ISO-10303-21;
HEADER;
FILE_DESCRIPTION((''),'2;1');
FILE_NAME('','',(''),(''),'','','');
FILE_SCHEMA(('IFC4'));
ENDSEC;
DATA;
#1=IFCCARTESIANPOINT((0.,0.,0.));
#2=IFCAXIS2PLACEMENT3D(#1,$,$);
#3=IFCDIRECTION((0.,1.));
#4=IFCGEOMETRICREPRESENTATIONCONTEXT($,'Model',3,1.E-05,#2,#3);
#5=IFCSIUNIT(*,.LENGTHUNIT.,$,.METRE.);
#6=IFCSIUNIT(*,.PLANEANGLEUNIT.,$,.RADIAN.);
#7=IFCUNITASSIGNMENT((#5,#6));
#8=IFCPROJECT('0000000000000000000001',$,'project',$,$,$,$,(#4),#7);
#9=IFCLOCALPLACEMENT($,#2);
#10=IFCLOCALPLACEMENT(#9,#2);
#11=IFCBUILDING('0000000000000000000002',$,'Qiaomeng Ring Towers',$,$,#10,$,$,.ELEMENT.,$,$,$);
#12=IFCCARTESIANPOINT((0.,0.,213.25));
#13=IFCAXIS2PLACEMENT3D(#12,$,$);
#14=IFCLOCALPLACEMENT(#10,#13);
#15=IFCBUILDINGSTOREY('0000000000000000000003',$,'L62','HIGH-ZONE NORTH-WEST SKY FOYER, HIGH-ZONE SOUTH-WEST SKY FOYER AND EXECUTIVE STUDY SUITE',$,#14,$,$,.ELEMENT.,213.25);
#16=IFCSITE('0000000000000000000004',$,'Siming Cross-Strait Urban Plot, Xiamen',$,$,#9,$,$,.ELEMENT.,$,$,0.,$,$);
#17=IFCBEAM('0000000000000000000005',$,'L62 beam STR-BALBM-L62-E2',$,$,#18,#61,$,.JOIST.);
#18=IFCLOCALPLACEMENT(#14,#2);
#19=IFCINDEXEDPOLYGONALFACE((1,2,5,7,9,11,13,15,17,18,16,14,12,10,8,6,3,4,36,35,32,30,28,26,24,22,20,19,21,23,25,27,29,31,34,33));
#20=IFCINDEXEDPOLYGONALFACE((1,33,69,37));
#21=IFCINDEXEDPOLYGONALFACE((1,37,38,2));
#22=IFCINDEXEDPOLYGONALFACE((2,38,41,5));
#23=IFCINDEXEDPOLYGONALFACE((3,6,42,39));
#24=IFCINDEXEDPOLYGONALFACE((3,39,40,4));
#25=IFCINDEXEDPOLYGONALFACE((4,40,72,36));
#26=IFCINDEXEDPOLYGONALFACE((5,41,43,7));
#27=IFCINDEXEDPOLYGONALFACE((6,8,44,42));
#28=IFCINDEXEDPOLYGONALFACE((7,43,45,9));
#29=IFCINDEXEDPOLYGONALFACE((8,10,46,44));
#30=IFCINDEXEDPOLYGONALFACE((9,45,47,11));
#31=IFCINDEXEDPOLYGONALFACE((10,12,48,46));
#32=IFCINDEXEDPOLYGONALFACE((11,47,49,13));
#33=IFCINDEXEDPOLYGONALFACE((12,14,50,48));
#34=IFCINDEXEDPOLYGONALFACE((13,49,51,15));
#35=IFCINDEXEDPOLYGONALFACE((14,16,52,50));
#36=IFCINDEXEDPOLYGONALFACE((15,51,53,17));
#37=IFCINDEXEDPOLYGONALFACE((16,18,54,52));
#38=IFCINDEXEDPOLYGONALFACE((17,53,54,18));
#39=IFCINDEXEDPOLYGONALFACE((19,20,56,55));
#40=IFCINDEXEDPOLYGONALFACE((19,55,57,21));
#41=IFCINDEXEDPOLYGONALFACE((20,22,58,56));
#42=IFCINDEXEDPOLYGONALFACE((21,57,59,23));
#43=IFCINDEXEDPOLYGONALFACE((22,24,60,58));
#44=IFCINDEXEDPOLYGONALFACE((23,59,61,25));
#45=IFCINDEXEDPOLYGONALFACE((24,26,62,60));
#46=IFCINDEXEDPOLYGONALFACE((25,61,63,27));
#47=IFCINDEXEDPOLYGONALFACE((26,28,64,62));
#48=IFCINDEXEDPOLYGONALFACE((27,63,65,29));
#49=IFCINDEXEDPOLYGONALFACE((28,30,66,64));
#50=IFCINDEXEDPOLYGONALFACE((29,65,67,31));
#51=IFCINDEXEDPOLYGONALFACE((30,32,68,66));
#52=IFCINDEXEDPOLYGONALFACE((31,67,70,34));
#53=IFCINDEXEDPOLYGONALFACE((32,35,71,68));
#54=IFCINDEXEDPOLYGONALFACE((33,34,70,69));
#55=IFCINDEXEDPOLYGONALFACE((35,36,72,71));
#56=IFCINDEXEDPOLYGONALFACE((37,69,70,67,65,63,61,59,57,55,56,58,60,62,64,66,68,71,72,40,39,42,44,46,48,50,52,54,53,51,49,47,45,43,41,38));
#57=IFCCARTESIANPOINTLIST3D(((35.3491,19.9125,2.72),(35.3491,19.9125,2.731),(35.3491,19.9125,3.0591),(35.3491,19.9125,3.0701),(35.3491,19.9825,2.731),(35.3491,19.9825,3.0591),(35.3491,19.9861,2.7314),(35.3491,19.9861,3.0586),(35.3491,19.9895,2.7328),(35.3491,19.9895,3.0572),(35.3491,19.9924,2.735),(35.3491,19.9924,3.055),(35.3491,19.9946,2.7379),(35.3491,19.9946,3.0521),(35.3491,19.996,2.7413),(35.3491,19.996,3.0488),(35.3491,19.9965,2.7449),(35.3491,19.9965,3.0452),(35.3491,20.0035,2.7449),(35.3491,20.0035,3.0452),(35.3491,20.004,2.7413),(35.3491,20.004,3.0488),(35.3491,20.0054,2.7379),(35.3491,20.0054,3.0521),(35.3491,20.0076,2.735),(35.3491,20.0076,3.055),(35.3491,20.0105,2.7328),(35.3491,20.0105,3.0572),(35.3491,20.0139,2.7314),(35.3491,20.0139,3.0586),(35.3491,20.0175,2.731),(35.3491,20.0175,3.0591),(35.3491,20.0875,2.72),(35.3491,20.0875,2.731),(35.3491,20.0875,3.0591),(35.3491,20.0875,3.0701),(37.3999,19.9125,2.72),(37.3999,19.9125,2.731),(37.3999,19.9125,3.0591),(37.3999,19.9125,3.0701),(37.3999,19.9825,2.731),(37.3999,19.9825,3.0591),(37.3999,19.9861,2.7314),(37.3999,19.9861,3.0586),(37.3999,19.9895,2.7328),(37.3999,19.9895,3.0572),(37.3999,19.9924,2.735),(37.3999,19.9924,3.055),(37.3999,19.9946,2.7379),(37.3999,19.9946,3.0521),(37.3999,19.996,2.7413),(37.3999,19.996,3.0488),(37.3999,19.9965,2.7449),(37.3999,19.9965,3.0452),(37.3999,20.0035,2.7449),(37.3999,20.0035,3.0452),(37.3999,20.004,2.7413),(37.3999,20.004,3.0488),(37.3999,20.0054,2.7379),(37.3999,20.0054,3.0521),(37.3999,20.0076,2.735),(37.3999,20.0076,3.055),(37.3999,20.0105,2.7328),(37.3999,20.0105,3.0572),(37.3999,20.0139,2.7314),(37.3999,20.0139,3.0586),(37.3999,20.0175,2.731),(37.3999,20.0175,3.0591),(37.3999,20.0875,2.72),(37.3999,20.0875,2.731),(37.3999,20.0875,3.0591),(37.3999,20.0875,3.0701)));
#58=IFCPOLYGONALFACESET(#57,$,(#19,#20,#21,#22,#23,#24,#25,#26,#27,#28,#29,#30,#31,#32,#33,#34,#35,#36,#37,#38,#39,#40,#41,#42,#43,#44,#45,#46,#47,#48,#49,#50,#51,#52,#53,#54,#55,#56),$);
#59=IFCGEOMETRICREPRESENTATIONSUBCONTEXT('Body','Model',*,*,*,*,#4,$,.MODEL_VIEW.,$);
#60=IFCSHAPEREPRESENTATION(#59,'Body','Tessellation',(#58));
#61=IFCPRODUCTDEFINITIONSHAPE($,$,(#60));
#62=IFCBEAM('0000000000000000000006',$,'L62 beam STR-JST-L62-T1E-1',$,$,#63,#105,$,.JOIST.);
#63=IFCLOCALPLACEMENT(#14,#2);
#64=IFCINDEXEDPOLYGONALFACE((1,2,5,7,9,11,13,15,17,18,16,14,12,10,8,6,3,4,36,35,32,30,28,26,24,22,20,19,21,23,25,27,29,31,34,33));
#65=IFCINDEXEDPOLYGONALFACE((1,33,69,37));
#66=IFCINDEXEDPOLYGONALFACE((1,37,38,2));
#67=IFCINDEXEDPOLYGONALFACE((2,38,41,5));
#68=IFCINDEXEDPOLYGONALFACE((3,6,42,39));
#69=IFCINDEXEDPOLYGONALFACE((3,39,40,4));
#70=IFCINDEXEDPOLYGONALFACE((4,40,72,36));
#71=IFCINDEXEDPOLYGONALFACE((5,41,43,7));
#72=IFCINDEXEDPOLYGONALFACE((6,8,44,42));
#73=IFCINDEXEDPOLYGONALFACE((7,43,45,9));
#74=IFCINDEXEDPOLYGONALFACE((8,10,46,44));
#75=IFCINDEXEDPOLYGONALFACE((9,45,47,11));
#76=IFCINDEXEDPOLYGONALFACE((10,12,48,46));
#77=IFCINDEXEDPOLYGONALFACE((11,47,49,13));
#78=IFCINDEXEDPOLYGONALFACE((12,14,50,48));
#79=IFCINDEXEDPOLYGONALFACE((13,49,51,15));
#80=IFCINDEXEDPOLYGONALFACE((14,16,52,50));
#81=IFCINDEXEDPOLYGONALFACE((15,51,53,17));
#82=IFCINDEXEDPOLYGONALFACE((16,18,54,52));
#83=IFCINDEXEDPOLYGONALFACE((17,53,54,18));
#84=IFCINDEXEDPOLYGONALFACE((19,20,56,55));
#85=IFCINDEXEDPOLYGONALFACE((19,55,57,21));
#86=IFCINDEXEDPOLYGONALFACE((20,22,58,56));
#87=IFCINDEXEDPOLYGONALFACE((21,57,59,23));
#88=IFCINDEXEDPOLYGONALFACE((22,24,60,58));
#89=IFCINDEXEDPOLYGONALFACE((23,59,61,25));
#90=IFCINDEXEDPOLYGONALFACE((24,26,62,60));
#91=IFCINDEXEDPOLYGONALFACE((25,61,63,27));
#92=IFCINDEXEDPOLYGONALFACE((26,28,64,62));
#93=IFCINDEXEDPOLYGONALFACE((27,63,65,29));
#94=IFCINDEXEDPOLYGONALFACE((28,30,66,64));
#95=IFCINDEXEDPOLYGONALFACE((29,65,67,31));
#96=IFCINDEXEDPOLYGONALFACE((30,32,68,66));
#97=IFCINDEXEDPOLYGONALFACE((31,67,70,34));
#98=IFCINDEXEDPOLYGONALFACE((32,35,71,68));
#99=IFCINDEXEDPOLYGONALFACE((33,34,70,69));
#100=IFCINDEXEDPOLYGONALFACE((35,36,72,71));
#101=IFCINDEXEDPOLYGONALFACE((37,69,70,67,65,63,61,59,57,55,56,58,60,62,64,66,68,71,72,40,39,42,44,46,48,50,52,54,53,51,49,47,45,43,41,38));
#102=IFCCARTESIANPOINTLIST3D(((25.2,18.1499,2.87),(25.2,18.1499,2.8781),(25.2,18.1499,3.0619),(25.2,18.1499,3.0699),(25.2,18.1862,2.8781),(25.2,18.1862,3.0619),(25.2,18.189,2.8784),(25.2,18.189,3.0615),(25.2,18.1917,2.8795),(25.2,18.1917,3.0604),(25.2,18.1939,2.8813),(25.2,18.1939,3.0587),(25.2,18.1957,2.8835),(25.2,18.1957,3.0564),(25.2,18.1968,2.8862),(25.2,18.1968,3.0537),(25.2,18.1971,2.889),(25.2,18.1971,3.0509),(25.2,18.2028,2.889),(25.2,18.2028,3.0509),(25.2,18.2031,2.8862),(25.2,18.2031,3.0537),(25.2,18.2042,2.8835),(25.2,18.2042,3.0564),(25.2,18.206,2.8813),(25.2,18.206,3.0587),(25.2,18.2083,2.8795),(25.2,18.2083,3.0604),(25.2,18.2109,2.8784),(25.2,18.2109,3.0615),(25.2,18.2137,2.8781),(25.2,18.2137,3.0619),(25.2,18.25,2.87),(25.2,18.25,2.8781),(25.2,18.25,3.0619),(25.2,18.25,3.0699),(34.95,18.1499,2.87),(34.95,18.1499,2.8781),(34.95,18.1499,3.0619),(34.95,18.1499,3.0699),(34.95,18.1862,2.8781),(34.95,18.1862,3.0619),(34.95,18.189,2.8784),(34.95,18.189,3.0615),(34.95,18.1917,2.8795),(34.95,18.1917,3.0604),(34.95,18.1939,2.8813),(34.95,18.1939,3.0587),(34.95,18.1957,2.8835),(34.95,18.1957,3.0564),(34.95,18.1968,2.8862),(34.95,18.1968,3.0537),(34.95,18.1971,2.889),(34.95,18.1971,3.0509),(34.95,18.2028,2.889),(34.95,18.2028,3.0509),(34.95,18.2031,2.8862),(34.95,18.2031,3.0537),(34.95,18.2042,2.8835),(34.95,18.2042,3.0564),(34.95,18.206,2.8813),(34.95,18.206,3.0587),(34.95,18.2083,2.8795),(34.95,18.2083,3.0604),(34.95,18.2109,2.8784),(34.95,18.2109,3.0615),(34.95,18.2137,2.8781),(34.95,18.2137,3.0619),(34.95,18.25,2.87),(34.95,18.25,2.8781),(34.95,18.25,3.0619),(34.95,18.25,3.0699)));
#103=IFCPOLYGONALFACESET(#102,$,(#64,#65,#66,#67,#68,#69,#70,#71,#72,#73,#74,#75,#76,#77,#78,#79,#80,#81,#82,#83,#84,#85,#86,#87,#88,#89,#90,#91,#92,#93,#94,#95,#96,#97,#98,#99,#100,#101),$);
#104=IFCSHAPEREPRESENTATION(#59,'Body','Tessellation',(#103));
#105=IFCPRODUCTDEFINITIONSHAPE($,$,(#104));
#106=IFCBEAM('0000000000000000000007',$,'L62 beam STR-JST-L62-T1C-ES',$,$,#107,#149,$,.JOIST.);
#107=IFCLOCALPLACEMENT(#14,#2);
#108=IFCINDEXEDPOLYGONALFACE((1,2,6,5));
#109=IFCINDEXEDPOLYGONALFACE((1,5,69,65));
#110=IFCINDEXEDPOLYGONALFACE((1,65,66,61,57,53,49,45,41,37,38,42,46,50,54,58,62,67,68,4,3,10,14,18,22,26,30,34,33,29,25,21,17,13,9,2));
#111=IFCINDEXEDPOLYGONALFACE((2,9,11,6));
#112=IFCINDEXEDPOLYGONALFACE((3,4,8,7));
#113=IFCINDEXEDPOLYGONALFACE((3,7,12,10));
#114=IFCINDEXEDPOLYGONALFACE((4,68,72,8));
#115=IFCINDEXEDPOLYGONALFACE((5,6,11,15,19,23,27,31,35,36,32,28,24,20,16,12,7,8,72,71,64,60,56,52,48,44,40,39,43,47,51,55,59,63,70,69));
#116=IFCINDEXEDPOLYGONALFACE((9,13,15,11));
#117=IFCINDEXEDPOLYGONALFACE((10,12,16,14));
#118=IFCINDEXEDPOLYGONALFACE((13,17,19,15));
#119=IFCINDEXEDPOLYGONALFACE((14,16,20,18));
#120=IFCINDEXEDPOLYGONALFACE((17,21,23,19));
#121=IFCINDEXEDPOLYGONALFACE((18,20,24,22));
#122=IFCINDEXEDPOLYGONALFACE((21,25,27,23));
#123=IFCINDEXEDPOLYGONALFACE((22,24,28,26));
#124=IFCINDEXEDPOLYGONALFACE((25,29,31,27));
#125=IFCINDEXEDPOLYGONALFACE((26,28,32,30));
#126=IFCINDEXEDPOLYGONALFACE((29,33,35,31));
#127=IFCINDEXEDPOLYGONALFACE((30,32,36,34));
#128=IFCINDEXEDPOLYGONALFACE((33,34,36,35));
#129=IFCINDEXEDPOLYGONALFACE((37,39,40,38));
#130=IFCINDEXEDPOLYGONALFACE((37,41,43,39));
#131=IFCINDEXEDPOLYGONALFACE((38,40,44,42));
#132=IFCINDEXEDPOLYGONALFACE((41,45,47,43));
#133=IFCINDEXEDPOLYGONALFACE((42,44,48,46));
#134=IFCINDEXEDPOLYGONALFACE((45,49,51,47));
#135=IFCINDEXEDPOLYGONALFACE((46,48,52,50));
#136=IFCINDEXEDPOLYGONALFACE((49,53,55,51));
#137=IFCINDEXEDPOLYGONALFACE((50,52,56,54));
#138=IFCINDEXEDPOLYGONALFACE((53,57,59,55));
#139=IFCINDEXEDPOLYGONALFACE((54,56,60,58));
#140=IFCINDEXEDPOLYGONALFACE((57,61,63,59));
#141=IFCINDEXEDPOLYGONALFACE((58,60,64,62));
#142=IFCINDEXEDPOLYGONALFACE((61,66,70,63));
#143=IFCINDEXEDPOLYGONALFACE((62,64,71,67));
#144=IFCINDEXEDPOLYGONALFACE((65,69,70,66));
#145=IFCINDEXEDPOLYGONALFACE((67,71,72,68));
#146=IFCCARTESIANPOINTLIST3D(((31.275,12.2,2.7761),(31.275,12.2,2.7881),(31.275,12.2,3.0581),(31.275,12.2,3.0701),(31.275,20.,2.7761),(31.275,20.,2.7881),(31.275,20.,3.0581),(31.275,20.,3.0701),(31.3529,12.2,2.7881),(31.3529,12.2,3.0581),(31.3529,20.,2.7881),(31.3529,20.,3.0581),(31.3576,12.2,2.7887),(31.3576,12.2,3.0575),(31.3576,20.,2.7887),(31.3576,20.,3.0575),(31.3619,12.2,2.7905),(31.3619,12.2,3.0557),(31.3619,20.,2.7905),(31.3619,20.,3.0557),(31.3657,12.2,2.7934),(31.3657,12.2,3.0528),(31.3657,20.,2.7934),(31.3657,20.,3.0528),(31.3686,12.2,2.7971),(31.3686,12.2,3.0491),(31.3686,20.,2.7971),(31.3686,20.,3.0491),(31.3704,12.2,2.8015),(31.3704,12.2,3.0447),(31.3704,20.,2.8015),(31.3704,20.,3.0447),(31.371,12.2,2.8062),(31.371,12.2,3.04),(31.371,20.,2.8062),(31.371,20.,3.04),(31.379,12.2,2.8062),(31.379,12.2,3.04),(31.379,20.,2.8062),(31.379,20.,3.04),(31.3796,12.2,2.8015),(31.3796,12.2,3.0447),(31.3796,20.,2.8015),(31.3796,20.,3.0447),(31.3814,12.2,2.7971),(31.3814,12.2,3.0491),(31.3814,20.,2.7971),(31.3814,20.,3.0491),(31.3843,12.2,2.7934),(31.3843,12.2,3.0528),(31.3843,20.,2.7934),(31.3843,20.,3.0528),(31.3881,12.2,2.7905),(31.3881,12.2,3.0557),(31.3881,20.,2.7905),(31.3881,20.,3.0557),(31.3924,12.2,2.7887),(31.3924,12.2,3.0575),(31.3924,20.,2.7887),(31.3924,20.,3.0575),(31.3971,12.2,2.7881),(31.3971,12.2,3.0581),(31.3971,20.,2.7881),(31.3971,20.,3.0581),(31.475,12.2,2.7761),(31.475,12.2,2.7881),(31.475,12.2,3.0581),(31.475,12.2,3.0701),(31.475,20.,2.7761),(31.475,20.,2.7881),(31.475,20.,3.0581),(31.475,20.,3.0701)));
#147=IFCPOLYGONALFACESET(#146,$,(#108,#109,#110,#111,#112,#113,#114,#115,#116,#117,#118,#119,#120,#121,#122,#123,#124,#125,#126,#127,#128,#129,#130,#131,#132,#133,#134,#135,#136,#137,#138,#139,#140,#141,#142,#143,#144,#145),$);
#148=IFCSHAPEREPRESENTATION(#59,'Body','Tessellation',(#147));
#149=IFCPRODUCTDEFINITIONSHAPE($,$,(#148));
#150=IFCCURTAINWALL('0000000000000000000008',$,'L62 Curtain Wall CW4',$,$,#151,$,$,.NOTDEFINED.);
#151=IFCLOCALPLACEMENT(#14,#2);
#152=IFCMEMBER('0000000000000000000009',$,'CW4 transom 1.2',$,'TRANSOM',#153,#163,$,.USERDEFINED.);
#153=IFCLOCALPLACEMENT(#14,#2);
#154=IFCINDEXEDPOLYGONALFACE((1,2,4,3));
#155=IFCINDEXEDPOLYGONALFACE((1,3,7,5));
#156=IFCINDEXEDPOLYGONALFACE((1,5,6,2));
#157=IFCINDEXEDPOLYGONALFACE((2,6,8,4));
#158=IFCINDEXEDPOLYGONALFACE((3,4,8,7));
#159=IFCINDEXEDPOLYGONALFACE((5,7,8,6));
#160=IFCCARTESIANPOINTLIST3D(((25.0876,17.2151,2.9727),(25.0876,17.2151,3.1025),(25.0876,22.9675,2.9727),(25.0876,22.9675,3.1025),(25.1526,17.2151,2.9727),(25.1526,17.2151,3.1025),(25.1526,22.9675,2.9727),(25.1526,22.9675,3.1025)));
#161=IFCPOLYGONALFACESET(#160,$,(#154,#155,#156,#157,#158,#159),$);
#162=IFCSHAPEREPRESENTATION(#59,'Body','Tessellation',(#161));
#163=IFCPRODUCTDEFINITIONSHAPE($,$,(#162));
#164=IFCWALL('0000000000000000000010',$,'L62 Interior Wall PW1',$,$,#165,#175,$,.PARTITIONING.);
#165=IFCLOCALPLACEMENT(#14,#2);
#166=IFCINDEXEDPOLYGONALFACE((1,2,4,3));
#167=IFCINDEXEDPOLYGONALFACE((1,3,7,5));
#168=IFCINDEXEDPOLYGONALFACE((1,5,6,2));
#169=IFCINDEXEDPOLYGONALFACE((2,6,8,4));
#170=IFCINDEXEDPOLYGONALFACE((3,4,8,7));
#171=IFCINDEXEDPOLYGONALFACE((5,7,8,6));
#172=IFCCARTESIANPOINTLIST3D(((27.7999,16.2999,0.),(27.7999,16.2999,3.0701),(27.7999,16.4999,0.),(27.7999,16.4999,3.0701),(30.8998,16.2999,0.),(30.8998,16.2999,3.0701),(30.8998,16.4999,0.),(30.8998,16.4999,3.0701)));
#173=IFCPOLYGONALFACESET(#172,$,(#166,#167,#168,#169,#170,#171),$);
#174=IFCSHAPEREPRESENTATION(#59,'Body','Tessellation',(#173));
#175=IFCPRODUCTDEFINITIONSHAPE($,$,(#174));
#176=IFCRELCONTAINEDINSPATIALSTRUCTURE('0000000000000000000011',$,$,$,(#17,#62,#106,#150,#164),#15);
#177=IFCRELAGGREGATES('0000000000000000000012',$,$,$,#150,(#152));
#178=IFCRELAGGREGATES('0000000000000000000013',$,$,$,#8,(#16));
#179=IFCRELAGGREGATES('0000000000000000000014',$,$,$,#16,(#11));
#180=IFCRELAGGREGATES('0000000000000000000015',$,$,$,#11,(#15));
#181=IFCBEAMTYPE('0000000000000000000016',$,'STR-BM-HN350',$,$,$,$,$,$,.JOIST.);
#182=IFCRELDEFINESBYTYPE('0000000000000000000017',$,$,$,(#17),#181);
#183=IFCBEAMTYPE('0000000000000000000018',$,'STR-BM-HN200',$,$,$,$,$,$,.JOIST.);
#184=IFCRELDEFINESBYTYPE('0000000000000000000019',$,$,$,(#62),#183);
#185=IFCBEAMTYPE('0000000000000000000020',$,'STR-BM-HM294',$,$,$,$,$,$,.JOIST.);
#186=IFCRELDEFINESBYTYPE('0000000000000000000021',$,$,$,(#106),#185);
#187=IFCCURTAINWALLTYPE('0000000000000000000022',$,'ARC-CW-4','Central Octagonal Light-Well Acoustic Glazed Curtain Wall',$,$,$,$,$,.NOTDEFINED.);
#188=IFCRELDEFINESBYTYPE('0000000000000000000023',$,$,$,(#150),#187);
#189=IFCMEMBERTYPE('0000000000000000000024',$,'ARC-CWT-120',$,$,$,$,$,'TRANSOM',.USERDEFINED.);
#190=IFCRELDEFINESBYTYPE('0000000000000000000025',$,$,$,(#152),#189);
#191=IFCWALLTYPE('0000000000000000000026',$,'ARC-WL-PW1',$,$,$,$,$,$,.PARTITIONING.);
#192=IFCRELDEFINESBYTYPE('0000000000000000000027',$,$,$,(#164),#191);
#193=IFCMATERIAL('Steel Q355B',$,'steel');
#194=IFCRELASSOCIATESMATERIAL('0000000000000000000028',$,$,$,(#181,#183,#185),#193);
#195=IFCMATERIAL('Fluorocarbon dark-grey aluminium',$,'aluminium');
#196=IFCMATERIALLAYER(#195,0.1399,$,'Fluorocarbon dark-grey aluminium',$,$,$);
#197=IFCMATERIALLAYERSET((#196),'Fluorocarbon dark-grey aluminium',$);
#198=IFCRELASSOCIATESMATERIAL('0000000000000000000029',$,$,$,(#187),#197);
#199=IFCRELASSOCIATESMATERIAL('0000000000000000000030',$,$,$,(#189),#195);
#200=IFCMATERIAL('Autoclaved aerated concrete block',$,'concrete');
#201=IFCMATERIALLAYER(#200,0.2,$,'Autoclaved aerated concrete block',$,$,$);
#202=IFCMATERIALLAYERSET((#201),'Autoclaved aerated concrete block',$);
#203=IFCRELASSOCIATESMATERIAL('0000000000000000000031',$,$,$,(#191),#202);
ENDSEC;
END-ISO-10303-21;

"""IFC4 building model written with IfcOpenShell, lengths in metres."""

from ifc_helpers import new_model, si_unit, direction, frame, frame_2d, origin, origin_2d, place, context, subcontext, project, spatial, rectangle, i_section, extrude, source, transform, mapped, material, layer, layer_set, material_profile, profile_set, type_object, element, aggregate, save


model = new_model("IFC4")

# Units and contexts
model_context = context("Model", 3, precision=1e-05, world=origin(), true_north=direction((0.0, 1.0)))
body_context = subcontext(model_context, "Body", "Model", "MODEL_VIEW")
ifc_project = project(units=[si_unit("LENGTHUNIT", "METRE"), si_unit("PLANEANGLEUNIT", "RADIAN")], contexts=[model_context])

# Site, building, storey
site_placement = place(None, origin())
site = spatial("IfcSite", under=ifc_project, at=site_placement, Name="Siming Cross-Strait Urban Plot, Xiamen", CompositionType="ELEMENT", RefElevation=0.0)
building_placement = place(site_placement, origin())
building = spatial("IfcBuilding", under=site, at=building_placement, Name="Qiaomeng Ring Towers", CompositionType="ELEMENT")
storey_placement = place(building_placement, frame((0.0, 0.0, 213.25)))
storey = spatial("IfcBuildingStorey", under=building, at=storey_placement, Name="L62", Description="HIGH-ZONE NORTH-WEST SKY FOYER, HIGH-ZONE SOUTH-WEST SKY FOYER AND EXECUTIVE STUDY SUITE", CompositionType="ELEMENT", Elevation=213.25)

# Beams
ifc_material_1 = material(Name="Steel Q355B", Category="steel")
ifc_material_profile_1 = material_profile(ifc_material_1, i_section(OverallWidth=0.175, OverallDepth=0.3501, WebThickness=0.0071, FlangeThickness=0.011, FilletRadius=0.0139, at=origin_2d()), Name="HN 350x175x7x11")
ifc_profile_set_1 = profile_set([ifc_material_profile_1], Name="Steel Q355B")
beam_type_1 = type_object("IfcBeamType", Name="STR-BM-HN350", PredefinedType="JOIST", material=ifc_profile_set_1)
shared_shape_1 = source(origin(), body_context, "Body", "SweptSolid", [
    extrude(i_section(OverallWidth=0.175, OverallDepth=0.3501, WebThickness=0.0071, FlangeThickness=0.011, FilletRadius=0.0139, at=origin_2d()), origin(), (0.0, 0.0, 1.0), 2.0508),
])
beam_1_placement = place(storey_placement, frame((35.3491, 20.0, 2.895), z_axis=(1.0, 0.0, 0.0), x_axis=(0.0, 1.0, 0.0)))
element("IfcBeam", 1, at=beam_1_placement, inside=storey, type_object=beam_type_1, Name="L62 beam STR-BALBM-L62-E2", PredefinedType="JOIST", context=body_context, shape_type="MappedRepresentation", body=[
    mapped(shared_shape_1, transform((0.0, 0.0, 0.0), x_axis=(1.0, 0.0, 0.0), y_axis=(0.0, 1.0, 0.0), z_axis=(0.0, 0.0, 1.0), scale=1.0)),
])
ifc_material_profile_2 = material_profile(ifc_material_1, i_section(OverallWidth=0.1001, OverallDepth=0.2, WebThickness=0.0056, FlangeThickness=0.0081, FilletRadius=0.011, at=origin_2d()), Name="HN 200x100x5.5x8")
ifc_profile_set_2 = profile_set([ifc_material_profile_2], Name="Steel Q355B")
beam_type_2 = type_object("IfcBeamType", Name="STR-BM-HN200", PredefinedType="JOIST", material=ifc_profile_set_2)
shared_shape_2 = source(origin(), body_context, "Body", "SweptSolid", [
    extrude(i_section(OverallWidth=0.1001, OverallDepth=0.2, WebThickness=0.0056, FlangeThickness=0.0081, FilletRadius=0.011, at=origin_2d()), origin(), (0.0, 0.0, 1.0), 9.75),
])
beam_2_placement = place(storey_placement, frame((25.2, 18.2, 2.97), z_axis=(1.0, 0.0, 0.0), x_axis=(0.0, 1.0, 0.0)))
element("IfcBeam", 2, at=beam_2_placement, inside=storey, type_object=beam_type_2, Name="L62 beam STR-JST-L62-T1E-1", PredefinedType="JOIST", context=body_context, shape_type="MappedRepresentation", body=[
    mapped(shared_shape_2, transform((0.0, 0.0, 0.0), x_axis=(1.0, 0.0, 0.0), y_axis=(0.0, 1.0, 0.0), z_axis=(0.0, 0.0, 1.0), scale=1.0)),
])
ifc_material_profile_3 = material_profile(ifc_material_1, i_section(OverallWidth=0.2, OverallDepth=0.2939, WebThickness=0.0081, FlangeThickness=0.012, FilletRadius=0.0181, at=origin_2d()), Name="HM 294x200x8x12")
ifc_profile_set_3 = profile_set([ifc_material_profile_3], Name="Steel Q355B")
beam_type_3 = type_object("IfcBeamType", Name="STR-BM-HM294", PredefinedType="JOIST", material=ifc_profile_set_3)
shared_shape_3 = source(origin(), body_context, "Body", "SweptSolid", [
    extrude(i_section(OverallWidth=0.2, OverallDepth=0.2939, WebThickness=0.0081, FlangeThickness=0.012, FilletRadius=0.0181, at=origin_2d()), origin(), (0.0, 0.0, 1.0), 7.8),
])
beam_3_placement = place(storey_placement, frame((31.375, 12.2, 2.9231), z_axis=(0.0, 1.0, 0.0), x_axis=(-1.0, 0.0, 0.0)))
element("IfcBeam", 3, at=beam_3_placement, inside=storey, type_object=beam_type_3, Name="L62 beam STR-JST-L62-T1C-ES", PredefinedType="JOIST", context=body_context, shape_type="MappedRepresentation", body=[
    mapped(shared_shape_3, transform((0.0, 0.0, 0.0), x_axis=(1.0, 0.0, 0.0), y_axis=(0.0, 1.0, 0.0), z_axis=(0.0, 0.0, 1.0), scale=1.0)),
])

# Curtain wall, member
ifc_material_2 = material(Name="Fluorocarbon dark-grey aluminium", Category="aluminium")
ifc_layer_1 = layer(ifc_material_2, 0.1399, Name="Fluorocarbon dark-grey aluminium")
ifc_layer_set_1 = layer_set([ifc_layer_1], Name="Fluorocarbon dark-grey aluminium")
curtain_wall_type = type_object("IfcCurtainWallType", Name="ARC-CW-4", Description="Central Octagonal Light-Well Acoustic Glazed Curtain Wall", PredefinedType="NOTDEFINED", material=ifc_layer_set_1)
curtain_wall_placement = place(storey_placement, origin())
curtain_wall = element("IfcCurtainWall", 4, at=curtain_wall_placement, inside=storey, type_object=curtain_wall_type, Name="L62 Curtain Wall CW4", PredefinedType="NOTDEFINED")
ifc_material_profile_4 = material_profile(ifc_material_2, rectangle(XDim=0.0649, YDim=0.1299, at=origin_2d()), Name="ALU TRAN 65x130")
ifc_profile_set_4 = profile_set([ifc_material_profile_4], Name="Fluorocarbon dark-grey aluminium")
member_type = type_object("IfcMemberType", Name="ARC-CWT-120", ElementType="TRANSOM", PredefinedType="USERDEFINED", material=ifc_profile_set_4)
shared_shape_4 = source(origin(), body_context, "Body", "SweptSolid", [
    extrude(rectangle(XDim=0.0649, YDim=0.1299, at=origin_2d()), origin(), (0.0, 0.0, 1.0), 5.7524),
])
member_placement = place(storey_placement, frame((25.1201, 17.2151, 3.0376), z_axis=(0.0, 1.0, 0.0), x_axis=(-1.0, 0.0, 0.0)))
member = element("IfcMember", 5, at=member_placement, type_object=member_type, Name="CW4 transom 1.2", ObjectType="TRANSOM", PredefinedType="USERDEFINED", context=body_context, shape_type="MappedRepresentation", body=[
    mapped(shared_shape_4, transform((0.0, 0.0, 0.0), x_axis=(1.0, 0.0, 0.0), y_axis=(0.0, 1.0, 0.0), z_axis=(0.0, 0.0, 1.0), scale=1.0)),
])
aggregate(curtain_wall, [member])

# Wall
ifc_material_3 = material(Name="Autoclaved aerated concrete block", Category="concrete")
ifc_layer_2 = layer(ifc_material_3, 0.2, Name="Autoclaved aerated concrete block")
ifc_layer_set_2 = layer_set([ifc_layer_2], Name="Autoclaved aerated concrete block")
wall_type_1 = type_object("IfcWallType", Name="ARC-WL-PW1", PredefinedType="PARTITIONING", material=ifc_layer_set_2)
wall_1_placement = place(storey_placement, frame((27.8, 16.3999, 0.0), z_axis=(0.0, 0.0, 1.0), x_axis=(1.0, 0.0, 0.0)))
element("IfcWall", 6, at=wall_1_placement, inside=storey, type_object=wall_type_1, Name="L62 Interior Wall PW1", PredefinedType="PARTITIONING", context=body_context, shape_type="SweptSolid", body=[
    extrude(rectangle(XDim=3.0999, YDim=0.2, at=frame_2d((1.5498, 0.0))), origin(), (0.0, 0.0, 1.0), 3.0701),
])

save(model, "model.ifc")
